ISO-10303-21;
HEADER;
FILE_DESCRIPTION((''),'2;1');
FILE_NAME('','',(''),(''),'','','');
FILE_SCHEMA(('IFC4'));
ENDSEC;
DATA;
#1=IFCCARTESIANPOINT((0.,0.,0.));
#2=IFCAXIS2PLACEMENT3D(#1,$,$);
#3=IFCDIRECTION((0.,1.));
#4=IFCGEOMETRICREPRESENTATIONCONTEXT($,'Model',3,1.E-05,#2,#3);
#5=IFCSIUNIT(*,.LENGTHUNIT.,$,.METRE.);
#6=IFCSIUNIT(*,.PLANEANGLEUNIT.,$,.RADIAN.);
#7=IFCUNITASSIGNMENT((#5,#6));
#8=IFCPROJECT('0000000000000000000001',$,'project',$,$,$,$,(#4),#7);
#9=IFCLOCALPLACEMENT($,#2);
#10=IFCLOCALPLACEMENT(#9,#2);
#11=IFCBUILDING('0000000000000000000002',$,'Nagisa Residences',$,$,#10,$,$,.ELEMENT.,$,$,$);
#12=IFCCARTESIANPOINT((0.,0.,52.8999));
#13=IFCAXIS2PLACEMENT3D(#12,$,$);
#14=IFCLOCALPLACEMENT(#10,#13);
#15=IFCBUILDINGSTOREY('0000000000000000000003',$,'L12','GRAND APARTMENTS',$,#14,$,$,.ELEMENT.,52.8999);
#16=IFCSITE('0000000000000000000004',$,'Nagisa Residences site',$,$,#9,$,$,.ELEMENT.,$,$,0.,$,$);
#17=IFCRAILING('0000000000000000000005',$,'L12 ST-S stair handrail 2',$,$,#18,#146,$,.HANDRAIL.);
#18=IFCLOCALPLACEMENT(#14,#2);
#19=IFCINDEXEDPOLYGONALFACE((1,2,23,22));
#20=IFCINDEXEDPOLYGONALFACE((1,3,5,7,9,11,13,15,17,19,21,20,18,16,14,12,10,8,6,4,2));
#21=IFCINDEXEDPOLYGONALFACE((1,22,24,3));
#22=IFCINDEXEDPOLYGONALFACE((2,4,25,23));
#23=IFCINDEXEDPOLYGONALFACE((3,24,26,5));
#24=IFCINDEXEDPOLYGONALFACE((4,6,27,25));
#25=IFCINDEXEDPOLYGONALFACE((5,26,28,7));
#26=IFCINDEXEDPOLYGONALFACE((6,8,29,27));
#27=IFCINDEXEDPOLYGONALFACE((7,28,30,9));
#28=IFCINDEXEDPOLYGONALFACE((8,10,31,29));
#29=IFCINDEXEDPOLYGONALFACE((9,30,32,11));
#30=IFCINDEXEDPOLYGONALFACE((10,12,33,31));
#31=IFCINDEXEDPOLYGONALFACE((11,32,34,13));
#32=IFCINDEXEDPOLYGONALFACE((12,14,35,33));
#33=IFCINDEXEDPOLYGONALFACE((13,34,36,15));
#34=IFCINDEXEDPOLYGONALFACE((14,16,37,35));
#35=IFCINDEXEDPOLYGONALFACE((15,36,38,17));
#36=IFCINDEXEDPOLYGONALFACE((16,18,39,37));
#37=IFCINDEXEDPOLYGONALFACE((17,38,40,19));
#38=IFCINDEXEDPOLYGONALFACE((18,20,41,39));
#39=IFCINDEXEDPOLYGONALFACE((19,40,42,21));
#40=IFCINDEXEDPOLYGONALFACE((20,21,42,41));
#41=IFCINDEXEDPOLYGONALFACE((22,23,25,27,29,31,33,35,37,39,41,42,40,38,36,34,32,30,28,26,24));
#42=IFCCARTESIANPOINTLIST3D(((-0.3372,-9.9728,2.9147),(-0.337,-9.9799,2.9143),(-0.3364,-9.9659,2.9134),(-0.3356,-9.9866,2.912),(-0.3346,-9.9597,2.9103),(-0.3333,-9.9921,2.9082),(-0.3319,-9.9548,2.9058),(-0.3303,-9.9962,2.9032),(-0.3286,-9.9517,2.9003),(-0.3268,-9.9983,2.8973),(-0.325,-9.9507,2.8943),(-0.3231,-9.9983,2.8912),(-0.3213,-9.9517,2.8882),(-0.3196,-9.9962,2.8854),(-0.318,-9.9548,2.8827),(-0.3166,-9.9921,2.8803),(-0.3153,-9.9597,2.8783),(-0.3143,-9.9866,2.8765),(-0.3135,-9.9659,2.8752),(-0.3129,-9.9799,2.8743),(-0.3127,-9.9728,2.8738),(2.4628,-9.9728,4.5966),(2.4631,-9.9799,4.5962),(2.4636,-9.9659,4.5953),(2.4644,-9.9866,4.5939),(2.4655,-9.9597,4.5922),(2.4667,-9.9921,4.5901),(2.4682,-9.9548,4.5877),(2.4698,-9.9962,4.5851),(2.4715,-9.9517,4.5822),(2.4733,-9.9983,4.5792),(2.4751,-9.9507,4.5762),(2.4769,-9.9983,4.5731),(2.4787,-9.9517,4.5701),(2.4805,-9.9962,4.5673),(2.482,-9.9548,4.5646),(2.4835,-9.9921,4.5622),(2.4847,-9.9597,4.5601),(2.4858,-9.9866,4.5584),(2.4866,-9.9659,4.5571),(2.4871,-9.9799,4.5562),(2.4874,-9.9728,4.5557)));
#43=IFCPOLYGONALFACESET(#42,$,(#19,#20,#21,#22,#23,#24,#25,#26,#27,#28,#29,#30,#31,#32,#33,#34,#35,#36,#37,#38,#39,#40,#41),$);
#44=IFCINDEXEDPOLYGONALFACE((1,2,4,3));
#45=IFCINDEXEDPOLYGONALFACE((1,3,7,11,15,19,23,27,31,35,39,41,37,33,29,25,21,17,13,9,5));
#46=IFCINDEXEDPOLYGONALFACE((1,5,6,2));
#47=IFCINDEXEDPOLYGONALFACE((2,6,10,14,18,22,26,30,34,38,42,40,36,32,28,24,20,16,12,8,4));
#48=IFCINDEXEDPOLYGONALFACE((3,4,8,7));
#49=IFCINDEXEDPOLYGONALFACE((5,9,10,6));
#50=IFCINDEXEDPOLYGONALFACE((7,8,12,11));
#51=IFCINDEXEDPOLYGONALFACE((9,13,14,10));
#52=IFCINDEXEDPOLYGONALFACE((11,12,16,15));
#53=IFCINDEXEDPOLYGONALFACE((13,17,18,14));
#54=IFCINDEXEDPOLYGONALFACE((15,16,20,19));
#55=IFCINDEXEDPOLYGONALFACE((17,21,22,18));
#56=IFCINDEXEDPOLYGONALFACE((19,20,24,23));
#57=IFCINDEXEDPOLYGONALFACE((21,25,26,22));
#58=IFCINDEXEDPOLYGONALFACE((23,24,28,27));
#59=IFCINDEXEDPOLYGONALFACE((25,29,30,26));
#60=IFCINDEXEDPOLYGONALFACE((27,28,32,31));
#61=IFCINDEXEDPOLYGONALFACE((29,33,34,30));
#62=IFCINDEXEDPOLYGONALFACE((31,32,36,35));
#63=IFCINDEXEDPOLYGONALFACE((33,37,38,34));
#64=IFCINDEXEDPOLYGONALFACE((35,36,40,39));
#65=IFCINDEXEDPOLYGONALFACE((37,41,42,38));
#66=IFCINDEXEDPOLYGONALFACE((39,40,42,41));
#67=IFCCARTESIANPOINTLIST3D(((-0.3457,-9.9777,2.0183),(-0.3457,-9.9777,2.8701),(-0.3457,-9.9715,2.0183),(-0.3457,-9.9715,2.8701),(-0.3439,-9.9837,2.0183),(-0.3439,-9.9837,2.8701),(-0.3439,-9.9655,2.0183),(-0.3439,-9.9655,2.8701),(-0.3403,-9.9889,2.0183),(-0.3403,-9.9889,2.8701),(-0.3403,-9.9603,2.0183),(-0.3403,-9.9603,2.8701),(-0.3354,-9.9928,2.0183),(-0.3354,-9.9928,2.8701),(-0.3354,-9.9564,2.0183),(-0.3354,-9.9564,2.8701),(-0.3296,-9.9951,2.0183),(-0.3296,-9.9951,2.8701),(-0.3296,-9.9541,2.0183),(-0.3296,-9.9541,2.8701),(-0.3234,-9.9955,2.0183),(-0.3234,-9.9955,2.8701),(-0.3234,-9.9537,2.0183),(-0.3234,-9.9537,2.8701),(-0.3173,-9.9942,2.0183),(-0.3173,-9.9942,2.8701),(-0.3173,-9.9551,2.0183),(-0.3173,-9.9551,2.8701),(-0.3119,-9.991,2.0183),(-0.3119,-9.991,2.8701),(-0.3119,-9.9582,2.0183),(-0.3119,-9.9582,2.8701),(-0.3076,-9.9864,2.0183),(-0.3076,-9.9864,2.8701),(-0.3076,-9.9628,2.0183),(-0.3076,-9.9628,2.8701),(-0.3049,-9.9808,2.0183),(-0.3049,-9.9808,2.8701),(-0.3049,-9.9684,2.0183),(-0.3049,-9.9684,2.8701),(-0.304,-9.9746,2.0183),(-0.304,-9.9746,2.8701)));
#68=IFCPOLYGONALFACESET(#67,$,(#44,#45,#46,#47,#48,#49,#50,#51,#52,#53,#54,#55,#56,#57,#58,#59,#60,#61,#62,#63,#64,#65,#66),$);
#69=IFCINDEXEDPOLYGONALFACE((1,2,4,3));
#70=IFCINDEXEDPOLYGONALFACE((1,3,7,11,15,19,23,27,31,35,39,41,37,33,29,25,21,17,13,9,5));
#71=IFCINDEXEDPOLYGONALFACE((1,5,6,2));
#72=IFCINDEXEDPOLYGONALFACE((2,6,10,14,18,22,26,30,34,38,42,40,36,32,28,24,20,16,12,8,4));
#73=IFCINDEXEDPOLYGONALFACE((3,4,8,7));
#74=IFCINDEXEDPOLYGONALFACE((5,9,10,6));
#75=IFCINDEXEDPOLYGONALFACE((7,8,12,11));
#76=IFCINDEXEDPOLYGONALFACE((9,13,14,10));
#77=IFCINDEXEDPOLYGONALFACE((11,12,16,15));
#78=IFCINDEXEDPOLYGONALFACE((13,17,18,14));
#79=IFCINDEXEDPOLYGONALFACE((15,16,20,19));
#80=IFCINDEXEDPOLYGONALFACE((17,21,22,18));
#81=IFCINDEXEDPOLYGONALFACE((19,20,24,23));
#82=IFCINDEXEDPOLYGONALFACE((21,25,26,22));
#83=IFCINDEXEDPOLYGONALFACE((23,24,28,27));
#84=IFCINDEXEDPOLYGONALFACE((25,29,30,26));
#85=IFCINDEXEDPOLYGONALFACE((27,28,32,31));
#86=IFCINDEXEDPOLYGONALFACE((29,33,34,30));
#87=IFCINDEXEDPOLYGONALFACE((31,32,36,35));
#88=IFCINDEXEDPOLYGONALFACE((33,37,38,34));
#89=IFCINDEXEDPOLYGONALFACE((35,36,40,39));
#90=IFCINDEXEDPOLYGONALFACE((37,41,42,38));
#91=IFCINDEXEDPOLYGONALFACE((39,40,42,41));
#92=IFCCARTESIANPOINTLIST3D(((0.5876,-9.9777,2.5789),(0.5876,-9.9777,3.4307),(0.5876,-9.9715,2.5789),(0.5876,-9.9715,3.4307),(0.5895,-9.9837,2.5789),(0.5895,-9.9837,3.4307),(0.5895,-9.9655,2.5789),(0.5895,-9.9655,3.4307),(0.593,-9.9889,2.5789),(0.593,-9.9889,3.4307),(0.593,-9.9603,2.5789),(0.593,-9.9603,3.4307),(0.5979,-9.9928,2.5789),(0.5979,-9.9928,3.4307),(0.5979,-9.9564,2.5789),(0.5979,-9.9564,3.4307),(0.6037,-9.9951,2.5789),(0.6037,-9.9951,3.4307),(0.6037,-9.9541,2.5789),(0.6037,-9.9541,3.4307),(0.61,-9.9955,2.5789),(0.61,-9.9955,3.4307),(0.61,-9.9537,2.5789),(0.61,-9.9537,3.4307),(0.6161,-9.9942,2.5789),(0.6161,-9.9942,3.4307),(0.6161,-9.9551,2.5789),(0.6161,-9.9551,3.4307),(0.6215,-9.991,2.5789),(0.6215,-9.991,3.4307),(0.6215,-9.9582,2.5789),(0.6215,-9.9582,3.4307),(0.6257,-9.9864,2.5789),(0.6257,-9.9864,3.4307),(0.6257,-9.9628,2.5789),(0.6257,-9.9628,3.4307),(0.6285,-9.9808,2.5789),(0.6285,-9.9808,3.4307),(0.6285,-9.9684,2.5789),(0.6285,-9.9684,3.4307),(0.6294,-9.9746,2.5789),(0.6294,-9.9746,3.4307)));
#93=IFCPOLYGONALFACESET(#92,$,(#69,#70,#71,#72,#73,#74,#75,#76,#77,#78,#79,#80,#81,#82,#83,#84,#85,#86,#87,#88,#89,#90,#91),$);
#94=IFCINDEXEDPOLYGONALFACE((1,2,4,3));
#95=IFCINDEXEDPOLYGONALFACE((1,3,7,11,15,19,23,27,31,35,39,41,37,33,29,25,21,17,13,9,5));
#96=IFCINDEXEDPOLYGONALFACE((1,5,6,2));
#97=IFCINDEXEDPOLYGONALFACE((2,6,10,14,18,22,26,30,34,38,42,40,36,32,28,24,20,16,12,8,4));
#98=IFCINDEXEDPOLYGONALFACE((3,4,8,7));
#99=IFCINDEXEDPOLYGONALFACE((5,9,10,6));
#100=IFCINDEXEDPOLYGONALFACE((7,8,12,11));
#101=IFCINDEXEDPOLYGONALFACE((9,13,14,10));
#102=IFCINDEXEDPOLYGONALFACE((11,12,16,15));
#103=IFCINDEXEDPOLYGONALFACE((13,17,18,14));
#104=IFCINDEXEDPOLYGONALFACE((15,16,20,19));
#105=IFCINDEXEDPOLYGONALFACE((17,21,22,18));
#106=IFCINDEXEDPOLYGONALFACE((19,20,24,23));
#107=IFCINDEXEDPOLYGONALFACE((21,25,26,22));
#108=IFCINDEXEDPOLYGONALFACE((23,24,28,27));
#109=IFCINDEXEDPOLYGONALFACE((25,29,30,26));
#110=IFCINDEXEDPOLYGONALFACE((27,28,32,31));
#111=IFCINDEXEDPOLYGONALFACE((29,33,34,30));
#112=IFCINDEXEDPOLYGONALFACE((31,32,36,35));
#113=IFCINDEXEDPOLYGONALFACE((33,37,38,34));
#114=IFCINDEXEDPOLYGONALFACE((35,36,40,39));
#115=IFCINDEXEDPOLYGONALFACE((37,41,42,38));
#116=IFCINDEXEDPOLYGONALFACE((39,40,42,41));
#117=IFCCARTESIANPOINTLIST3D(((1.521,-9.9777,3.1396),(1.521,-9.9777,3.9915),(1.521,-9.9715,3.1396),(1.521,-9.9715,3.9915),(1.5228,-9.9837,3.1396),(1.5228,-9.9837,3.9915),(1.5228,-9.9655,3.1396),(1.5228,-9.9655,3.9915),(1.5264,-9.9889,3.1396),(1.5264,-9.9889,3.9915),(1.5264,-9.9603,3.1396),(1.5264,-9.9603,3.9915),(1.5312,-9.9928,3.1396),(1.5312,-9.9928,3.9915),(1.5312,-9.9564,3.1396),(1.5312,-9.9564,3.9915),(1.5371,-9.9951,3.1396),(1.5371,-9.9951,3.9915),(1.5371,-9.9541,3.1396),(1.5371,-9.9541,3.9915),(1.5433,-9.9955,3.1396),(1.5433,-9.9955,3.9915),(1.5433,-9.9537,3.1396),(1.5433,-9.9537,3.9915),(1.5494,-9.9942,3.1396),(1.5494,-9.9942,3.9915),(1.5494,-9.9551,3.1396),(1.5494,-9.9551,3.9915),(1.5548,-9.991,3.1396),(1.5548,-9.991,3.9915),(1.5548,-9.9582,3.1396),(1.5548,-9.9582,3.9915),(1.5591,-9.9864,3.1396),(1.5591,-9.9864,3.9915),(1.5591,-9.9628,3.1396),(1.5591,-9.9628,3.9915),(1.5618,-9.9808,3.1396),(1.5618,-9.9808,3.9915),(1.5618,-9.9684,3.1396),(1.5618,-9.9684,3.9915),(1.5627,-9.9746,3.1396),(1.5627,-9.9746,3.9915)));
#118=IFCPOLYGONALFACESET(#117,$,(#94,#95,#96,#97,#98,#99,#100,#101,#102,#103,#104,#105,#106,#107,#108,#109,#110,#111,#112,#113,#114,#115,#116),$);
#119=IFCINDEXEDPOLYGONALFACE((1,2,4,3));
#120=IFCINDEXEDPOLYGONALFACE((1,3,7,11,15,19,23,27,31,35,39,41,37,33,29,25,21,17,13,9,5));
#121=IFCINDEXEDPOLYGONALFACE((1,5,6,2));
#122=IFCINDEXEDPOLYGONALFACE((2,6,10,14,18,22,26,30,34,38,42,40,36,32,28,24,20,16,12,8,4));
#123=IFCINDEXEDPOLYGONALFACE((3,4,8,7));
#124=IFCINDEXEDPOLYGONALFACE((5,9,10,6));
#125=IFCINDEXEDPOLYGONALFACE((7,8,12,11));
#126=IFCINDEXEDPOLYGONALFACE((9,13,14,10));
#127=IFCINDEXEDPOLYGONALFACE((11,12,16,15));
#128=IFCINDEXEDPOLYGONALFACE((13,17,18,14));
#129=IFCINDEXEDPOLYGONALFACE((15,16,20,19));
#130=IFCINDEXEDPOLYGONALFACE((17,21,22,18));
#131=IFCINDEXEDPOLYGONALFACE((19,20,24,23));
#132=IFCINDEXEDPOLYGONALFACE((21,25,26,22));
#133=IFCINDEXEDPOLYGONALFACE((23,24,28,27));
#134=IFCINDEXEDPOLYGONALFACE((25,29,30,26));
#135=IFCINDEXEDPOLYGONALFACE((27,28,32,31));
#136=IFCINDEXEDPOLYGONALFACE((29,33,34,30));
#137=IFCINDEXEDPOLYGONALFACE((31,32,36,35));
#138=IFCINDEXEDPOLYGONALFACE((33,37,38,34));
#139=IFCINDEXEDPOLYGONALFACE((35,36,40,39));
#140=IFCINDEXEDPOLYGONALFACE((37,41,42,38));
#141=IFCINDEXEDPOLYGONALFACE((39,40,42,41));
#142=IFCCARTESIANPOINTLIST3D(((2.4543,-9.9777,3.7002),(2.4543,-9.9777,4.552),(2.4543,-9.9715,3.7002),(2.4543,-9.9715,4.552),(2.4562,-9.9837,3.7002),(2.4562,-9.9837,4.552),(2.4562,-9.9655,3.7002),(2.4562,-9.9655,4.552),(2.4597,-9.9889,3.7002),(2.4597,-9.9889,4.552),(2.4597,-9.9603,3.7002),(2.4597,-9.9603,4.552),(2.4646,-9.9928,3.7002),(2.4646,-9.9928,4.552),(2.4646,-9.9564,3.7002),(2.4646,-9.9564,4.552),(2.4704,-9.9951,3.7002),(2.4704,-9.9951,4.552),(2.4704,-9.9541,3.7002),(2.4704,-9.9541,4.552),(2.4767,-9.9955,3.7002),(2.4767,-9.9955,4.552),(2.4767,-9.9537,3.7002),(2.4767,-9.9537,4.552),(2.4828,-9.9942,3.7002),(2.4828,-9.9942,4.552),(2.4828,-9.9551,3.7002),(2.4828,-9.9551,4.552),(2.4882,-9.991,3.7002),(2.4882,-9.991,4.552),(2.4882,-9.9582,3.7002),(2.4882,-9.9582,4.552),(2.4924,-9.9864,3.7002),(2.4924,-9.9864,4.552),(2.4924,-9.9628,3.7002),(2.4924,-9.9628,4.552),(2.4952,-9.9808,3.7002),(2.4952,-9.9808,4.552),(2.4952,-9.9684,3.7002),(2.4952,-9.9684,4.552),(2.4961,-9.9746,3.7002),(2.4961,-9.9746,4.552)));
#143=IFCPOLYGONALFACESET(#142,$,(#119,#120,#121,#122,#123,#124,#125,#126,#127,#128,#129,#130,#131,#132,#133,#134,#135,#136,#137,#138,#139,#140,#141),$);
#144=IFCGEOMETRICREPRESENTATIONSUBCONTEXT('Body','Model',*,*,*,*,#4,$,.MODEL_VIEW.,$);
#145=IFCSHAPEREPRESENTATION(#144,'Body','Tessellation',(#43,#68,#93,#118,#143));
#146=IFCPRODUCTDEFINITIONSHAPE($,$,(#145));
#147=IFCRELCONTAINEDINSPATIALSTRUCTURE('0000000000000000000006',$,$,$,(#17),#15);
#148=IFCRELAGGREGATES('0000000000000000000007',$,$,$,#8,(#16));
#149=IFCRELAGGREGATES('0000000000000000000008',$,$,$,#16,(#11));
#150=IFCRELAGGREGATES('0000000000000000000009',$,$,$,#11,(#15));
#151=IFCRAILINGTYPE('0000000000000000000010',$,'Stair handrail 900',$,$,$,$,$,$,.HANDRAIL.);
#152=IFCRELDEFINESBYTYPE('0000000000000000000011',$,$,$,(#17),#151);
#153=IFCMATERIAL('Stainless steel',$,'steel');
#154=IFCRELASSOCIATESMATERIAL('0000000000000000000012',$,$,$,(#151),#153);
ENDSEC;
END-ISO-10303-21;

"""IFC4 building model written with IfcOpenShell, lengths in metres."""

from ifc_helpers import new_model, si_unit, direction, frame, origin, origin_2d, place, context, subcontext, project, spatial, circle, extrude, material, type_object, element, save


model = new_model("IFC4")

# Units and contexts
model_context = context("Model", 3, precision=1e-05, world=origin(), true_north=direction((0.0, 1.0)))
body_context = subcontext(model_context, "Body", "Model", "MODEL_VIEW")
ifc_project = project(units=[si_unit("LENGTHUNIT", "METRE"), si_unit("PLANEANGLEUNIT", "RADIAN")], contexts=[model_context])

# Site, building, storey
site_placement = place(None, origin())
site = spatial("IfcSite", under=ifc_project, at=site_placement, Name="Nagisa Residences site", CompositionType="ELEMENT", RefElevation=0.0)
building_placement = place(site_placement, origin())
building = spatial("IfcBuilding", under=site, at=building_placement, Name="Nagisa Residences", CompositionType="ELEMENT")
storey_placement = place(building_placement, frame((0.0, 0.0, 52.8999)))
storey = spatial("IfcBuildingStorey", under=building, at=storey_placement, Name="L12", Description="GRAND APARTMENTS", CompositionType="ELEMENT", Elevation=52.8999)

# Railing
ifc_material_1 = material(Name="Stainless steel", Category="steel")
railing_type = type_object("IfcRailingType", Name="Stair handrail 900", PredefinedType="HANDRAIL", material=ifc_material_1)
railing_placement = place(storey_placement, frame((-0.325, -9.9746, 2.0183)))
element("IfcRailing", 1, at=railing_placement, inside=storey, type_object=railing_type, Name="L12 ST-S stair handrail 2", PredefinedType="HANDRAIL", context=body_context, shape_type="SweptSolid", body=[
    extrude(circle(Radius=0.0239, at=origin_2d()), frame((0.0, 0.0, 0.876), z_axis=(0.857242, 0.0, 0.514913), x_axis=(0.0, 1.0, 0.0)), (0.0, 0.0, 1.0), 3.2664),
    extrude(circle(Radius=0.021, at=origin_2d()), origin(), (0.0, 0.0, 1.0), 0.8518),
    extrude(circle(Radius=0.021, at=origin_2d()), frame((0.9333, 0.0, 0.5605)), (0.0, 0.0, 1.0), 0.8518),
    extrude(circle(Radius=0.021, at=origin_2d()), frame((1.8667, 0.0, 1.1213)), (0.0, 0.0, 1.0), 0.8518),
    extrude(circle(Radius=0.021, at=origin_2d()), frame((2.8, 0.0, 1.6819)), (0.0, 0.0, 1.0), 0.8518),
])

save(model, "model.ifc")
